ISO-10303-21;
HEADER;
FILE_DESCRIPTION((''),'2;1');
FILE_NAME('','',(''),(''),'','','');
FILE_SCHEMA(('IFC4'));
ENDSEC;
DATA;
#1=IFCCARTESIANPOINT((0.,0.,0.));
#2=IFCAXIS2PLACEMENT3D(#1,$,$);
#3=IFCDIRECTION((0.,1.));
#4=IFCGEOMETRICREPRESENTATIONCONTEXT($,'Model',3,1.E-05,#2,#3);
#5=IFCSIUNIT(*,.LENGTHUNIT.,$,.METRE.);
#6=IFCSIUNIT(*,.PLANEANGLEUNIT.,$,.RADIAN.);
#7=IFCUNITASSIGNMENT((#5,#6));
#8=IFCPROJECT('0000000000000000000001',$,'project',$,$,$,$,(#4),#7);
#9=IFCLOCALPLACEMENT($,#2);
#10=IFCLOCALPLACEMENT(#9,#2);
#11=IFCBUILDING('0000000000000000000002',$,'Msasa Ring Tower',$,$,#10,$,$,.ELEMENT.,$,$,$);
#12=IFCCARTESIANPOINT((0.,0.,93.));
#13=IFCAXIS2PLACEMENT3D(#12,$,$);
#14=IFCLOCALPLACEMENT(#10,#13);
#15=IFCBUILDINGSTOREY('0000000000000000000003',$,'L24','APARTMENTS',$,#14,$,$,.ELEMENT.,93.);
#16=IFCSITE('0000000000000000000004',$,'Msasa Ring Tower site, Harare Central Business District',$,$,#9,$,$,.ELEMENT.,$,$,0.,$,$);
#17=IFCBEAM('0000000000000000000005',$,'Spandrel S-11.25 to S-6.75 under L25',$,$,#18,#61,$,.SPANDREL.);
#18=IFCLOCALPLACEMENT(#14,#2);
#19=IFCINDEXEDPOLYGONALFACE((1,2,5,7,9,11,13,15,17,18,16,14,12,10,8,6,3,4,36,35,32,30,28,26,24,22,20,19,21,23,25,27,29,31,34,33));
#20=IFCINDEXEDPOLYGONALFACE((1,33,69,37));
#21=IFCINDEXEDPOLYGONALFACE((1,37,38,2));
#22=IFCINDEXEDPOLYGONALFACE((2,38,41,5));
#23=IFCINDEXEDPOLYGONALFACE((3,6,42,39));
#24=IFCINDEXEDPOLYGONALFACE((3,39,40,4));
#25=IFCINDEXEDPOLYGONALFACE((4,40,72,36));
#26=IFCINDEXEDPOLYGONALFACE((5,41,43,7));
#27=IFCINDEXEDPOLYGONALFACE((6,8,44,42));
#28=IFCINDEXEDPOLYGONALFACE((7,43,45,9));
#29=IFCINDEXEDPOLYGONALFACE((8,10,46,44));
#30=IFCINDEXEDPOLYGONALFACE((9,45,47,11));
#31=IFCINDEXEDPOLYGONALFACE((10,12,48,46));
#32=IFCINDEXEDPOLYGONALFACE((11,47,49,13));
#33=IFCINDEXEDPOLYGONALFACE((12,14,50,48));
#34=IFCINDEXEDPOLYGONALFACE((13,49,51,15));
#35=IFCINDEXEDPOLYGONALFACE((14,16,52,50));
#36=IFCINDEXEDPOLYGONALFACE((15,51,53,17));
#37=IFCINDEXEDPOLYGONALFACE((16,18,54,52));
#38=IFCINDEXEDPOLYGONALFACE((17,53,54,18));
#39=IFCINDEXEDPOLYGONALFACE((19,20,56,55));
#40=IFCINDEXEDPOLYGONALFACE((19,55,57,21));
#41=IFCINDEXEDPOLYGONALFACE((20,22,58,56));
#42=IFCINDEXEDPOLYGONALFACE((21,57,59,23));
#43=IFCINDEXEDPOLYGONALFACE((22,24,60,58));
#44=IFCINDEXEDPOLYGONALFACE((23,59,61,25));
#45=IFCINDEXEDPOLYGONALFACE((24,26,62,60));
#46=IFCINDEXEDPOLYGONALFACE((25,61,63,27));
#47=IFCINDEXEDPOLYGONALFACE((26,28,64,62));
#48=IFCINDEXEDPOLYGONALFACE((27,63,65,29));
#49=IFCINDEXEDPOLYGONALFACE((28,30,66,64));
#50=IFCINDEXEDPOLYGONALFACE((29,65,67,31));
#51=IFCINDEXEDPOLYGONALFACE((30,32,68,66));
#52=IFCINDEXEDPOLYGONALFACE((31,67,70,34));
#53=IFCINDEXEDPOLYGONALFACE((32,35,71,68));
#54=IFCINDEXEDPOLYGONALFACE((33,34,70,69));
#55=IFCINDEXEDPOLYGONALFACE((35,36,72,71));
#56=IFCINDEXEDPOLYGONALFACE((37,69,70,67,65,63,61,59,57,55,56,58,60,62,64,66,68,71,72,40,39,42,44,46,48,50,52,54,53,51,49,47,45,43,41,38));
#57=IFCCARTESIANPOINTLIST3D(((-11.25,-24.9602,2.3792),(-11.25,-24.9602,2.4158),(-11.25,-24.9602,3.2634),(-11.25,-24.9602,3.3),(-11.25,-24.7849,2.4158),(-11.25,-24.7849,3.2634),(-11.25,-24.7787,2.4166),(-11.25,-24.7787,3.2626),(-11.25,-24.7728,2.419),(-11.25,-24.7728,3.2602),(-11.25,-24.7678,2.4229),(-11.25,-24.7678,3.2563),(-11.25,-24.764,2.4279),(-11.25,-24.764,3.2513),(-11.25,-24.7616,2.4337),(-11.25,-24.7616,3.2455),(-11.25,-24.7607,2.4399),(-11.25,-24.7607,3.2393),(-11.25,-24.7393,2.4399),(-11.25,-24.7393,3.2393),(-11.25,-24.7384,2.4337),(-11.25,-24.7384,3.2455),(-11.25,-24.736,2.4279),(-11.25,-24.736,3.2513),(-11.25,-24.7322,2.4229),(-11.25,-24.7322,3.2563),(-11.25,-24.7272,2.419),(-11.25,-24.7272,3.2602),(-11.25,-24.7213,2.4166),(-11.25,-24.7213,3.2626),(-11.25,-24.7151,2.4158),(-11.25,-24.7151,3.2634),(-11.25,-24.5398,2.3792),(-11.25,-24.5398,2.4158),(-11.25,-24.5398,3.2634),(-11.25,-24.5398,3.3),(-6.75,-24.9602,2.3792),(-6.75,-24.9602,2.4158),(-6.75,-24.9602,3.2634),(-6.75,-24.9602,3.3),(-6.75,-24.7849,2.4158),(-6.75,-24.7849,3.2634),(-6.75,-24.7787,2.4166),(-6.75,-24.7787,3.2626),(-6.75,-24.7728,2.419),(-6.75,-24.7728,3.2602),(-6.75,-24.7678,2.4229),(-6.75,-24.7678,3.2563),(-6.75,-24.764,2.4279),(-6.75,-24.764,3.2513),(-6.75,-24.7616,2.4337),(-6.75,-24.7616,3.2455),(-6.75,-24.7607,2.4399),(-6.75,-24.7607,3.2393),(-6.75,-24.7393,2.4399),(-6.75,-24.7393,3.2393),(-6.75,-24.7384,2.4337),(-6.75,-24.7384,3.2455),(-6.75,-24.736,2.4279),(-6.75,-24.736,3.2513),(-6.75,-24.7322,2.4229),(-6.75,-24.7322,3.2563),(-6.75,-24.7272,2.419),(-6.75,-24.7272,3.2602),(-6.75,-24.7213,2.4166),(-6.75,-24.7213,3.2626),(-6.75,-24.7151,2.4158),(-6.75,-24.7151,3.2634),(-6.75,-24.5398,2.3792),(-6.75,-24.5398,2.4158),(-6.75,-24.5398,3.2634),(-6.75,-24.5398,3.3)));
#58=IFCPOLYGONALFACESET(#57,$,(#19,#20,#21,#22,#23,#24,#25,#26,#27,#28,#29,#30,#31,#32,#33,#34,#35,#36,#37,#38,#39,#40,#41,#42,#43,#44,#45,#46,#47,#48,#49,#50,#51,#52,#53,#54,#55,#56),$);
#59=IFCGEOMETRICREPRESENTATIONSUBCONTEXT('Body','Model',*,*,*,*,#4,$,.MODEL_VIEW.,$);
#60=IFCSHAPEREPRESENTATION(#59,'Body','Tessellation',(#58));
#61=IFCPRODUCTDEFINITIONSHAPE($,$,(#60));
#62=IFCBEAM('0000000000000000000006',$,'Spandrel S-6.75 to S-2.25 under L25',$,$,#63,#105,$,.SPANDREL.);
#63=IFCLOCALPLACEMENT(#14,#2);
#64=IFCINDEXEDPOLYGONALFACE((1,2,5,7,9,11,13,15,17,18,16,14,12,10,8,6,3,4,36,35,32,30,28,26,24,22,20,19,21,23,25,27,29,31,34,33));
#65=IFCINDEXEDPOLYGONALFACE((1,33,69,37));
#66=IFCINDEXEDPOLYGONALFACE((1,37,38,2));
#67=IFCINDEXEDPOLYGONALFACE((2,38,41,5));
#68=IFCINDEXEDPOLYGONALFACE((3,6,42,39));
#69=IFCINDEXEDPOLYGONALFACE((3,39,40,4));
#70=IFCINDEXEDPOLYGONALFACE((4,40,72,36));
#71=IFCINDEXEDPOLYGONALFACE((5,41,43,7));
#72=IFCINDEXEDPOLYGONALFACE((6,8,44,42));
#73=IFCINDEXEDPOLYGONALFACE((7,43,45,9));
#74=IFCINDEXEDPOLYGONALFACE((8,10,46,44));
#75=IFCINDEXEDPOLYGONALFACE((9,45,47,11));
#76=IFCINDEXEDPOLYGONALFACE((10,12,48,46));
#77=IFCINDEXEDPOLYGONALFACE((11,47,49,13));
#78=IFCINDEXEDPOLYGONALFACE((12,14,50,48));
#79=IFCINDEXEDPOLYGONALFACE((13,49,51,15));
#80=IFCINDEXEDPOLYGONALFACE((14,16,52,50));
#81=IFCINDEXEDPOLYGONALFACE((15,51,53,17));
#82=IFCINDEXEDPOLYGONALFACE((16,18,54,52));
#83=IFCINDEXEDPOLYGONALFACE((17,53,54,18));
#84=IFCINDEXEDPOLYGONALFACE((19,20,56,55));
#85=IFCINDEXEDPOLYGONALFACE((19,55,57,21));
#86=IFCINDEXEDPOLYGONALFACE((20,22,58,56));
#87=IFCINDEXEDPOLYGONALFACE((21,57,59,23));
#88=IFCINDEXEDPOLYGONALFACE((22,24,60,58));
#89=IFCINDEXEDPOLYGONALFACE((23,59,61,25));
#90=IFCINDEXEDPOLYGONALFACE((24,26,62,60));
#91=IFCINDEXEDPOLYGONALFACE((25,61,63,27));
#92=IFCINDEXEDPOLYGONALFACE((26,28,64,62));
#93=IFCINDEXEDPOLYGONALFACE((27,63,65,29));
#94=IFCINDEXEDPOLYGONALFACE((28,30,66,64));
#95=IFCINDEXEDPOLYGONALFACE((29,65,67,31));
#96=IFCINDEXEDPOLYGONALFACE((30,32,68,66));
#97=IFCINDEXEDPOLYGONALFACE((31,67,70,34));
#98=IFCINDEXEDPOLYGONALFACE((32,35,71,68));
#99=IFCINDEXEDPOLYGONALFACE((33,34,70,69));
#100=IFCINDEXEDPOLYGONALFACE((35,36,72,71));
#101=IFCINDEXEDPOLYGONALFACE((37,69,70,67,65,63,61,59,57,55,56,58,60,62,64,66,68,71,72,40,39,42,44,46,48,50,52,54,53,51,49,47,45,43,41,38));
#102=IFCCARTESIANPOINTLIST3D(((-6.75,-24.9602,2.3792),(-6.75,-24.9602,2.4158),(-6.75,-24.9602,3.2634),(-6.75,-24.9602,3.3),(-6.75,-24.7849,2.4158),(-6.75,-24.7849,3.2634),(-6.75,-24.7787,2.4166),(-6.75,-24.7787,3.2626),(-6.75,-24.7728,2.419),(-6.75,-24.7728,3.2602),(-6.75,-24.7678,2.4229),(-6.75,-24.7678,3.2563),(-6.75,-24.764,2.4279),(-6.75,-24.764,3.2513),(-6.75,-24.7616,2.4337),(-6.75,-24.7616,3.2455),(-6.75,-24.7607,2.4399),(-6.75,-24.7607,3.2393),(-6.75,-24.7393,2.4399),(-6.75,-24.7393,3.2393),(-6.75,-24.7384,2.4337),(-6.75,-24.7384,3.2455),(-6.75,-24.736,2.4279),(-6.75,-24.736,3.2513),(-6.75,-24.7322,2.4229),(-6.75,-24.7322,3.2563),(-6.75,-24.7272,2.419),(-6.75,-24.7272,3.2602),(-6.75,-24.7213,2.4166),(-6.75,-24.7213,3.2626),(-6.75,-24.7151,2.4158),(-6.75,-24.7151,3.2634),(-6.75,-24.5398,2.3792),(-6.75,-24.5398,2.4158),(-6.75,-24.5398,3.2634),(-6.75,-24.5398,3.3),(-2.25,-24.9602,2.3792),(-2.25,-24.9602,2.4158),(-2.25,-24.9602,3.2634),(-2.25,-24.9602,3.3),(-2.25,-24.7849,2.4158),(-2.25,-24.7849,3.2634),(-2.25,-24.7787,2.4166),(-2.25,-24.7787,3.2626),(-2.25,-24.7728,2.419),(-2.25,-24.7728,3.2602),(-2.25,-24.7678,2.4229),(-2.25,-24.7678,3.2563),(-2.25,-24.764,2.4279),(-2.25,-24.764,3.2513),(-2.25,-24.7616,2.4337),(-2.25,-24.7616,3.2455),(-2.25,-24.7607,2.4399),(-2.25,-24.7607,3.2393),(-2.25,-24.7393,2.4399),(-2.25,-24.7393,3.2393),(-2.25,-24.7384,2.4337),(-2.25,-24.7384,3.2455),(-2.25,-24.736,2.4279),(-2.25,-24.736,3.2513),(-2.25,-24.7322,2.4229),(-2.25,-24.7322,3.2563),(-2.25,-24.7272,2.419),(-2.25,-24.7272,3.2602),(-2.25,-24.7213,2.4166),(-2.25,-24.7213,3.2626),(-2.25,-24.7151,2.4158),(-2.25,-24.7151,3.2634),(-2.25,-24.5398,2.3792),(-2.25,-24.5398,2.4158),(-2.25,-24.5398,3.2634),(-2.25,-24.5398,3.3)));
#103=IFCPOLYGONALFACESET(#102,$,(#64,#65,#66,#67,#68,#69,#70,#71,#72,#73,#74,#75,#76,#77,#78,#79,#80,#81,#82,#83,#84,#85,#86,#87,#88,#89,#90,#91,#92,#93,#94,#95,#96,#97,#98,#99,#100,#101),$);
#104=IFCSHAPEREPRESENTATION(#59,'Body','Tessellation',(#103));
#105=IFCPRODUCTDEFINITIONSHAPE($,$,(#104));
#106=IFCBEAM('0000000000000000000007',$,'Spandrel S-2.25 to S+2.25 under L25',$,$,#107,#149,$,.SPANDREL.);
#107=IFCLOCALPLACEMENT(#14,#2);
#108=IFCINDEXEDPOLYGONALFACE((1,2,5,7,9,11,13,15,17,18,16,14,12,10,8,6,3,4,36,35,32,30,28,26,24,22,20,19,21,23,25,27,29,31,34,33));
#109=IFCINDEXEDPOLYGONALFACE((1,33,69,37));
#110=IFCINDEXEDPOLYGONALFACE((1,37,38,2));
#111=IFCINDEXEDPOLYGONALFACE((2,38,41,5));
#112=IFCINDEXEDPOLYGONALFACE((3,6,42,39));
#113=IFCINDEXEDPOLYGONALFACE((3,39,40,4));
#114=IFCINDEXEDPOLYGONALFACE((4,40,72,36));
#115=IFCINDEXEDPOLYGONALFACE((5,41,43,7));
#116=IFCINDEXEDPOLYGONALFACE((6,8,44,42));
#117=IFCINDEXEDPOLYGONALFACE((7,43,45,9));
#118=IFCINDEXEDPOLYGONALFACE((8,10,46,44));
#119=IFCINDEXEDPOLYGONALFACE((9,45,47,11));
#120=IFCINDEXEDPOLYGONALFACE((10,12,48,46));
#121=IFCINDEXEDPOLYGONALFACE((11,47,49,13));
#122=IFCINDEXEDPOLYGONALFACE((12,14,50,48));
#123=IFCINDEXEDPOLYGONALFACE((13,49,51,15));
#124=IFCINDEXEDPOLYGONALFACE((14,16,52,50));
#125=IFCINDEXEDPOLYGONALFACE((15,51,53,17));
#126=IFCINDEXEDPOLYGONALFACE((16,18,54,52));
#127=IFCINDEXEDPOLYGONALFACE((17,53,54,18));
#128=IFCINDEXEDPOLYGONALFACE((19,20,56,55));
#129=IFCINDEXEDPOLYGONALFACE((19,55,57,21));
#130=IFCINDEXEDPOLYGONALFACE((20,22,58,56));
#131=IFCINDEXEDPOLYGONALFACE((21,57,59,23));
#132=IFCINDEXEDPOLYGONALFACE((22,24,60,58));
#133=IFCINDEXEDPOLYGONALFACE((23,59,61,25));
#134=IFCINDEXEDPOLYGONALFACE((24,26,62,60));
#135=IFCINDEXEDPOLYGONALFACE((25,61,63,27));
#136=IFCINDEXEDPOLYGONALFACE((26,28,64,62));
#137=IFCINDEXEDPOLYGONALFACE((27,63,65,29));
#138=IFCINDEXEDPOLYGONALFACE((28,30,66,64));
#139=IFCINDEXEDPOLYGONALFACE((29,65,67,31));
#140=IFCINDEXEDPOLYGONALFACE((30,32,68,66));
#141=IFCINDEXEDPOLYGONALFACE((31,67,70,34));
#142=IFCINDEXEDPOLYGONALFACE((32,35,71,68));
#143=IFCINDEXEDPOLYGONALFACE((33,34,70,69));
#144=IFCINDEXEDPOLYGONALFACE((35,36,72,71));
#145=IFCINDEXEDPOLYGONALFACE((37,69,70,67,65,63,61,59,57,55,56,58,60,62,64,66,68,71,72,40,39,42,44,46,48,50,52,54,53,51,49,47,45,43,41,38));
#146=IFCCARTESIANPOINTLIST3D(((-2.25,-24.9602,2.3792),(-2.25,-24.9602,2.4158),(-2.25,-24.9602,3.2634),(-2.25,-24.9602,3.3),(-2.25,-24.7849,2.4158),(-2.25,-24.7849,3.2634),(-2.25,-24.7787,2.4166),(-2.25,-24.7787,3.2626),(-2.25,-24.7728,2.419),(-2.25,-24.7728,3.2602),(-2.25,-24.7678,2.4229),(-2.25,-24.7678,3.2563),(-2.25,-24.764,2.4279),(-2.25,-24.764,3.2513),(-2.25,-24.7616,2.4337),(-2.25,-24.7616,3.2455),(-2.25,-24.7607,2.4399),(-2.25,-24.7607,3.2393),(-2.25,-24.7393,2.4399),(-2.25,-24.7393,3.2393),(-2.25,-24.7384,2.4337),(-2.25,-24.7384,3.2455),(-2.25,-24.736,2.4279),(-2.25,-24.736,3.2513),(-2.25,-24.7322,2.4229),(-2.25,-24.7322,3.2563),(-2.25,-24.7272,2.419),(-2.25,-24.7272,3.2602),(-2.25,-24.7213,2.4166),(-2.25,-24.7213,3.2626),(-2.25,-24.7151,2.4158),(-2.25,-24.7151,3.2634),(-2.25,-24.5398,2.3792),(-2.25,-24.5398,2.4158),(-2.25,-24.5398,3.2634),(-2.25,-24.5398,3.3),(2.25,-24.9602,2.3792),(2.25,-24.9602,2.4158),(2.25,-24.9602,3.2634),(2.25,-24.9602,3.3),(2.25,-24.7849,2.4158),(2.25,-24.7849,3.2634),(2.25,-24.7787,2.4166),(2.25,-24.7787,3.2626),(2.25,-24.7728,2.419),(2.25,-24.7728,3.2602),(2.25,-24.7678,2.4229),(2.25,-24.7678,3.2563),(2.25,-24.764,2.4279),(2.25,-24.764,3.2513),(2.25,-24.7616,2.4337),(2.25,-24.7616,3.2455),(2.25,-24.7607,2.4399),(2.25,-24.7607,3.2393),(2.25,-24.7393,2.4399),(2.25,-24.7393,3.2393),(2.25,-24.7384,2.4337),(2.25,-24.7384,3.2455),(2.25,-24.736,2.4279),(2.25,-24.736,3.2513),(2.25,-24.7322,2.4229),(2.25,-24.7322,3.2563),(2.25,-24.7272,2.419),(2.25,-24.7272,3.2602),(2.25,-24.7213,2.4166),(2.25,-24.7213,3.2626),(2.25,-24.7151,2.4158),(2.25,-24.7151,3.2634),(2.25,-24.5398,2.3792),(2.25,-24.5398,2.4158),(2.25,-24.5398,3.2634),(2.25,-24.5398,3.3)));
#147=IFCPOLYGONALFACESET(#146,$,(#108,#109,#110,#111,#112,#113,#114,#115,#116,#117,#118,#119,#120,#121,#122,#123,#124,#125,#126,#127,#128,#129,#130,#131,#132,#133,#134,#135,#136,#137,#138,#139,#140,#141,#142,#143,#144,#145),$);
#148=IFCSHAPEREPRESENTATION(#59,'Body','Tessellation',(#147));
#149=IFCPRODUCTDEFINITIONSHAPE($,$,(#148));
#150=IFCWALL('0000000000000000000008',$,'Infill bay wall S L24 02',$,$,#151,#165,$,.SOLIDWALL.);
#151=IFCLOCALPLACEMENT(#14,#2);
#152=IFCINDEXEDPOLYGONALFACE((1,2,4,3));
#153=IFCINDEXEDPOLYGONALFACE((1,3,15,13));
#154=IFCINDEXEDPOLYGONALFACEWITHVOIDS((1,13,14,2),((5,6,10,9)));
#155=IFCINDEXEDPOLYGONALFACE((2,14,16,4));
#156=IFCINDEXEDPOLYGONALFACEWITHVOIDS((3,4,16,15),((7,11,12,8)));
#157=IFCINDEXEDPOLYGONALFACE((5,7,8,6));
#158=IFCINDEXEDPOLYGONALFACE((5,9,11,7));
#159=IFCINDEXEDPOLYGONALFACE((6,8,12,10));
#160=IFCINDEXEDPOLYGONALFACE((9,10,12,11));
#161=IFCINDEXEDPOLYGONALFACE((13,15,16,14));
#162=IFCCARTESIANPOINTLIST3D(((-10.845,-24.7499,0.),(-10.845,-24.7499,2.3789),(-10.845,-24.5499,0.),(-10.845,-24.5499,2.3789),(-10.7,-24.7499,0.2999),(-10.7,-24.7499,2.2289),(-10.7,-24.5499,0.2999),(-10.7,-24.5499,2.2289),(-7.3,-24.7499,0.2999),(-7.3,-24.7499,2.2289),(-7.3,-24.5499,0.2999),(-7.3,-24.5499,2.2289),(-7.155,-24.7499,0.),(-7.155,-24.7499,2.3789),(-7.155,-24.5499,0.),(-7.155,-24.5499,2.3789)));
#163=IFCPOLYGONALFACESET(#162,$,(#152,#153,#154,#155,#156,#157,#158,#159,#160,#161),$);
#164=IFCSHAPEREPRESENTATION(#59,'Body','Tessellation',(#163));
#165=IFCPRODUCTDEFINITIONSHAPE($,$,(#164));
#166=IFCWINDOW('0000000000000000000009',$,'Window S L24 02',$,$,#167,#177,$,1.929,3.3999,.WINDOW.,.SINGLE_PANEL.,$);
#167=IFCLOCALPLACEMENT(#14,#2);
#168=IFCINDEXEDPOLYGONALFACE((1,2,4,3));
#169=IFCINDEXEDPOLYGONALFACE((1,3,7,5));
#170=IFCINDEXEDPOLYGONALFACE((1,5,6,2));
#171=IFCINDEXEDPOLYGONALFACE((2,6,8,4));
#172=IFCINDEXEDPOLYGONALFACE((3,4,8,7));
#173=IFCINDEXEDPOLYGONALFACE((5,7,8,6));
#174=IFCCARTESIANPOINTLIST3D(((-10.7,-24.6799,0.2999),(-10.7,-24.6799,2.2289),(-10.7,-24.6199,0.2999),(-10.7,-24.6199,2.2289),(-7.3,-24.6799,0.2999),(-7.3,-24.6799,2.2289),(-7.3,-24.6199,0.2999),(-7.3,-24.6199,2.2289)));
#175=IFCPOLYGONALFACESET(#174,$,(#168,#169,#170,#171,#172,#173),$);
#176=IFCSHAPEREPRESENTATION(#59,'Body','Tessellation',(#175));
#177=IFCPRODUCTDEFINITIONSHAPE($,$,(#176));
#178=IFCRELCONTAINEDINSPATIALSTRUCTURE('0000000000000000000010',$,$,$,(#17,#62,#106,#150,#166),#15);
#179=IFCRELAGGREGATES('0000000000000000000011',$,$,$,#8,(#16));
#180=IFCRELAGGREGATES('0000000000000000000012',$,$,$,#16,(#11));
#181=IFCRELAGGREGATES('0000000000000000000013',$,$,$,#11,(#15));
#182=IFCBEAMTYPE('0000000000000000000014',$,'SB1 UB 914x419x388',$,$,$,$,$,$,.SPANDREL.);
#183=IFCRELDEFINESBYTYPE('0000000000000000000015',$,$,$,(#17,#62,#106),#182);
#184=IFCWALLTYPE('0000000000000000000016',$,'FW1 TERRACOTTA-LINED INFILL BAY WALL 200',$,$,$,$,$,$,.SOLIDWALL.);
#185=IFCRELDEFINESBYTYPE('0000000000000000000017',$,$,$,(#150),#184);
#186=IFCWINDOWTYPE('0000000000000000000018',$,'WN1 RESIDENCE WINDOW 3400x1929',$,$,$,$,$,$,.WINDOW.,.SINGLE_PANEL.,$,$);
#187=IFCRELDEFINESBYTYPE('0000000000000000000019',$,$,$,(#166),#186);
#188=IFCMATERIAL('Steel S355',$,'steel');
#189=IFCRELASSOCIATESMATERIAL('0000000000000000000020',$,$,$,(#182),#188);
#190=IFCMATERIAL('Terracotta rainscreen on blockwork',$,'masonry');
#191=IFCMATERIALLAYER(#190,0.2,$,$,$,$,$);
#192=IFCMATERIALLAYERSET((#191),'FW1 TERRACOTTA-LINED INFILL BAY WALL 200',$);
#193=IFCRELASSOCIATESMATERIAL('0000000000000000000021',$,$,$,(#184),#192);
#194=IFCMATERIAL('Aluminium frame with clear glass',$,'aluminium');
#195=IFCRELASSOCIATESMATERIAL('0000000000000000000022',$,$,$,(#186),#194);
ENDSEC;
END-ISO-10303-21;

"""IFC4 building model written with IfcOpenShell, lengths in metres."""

from ifc_helpers import new_model, si_unit, direction, frame, frame_2d, origin, origin_2d, place, context, subcontext, project, spatial, rectangle, i_section, extrude, material, layer, layer_set, material_profile, profile_set, type_object, element, fill, save


model = new_model("IFC4")

# Units and contexts
model_context = context("Model", 3, precision=1e-05, world=origin(), true_north=direction((0.0, 1.0)))
body_context = subcontext(model_context, "Body", "Model", "MODEL_VIEW")
ifc_project = project(units=[si_unit("LENGTHUNIT", "METRE"), si_unit("PLANEANGLEUNIT", "RADIAN")], contexts=[model_context])

# Site, building, storey
site_placement = place(None, origin())
site = spatial("IfcSite", under=ifc_project, at=site_placement, Name="Msasa Ring Tower site, Harare Central Business District", CompositionType="ELEMENT", RefElevation=0.0)
building_placement = place(site_placement, origin())
building = spatial("IfcBuilding", under=site, at=building_placement, Name="Msasa Ring Tower", CompositionType="ELEMENT")
storey_placement = place(building_placement, frame((0.0, 0.0, 93.0)))
storey = spatial("IfcBuildingStorey", under=building, at=storey_placement, Name="L24", Description="APARTMENTS", CompositionType="ELEMENT", Elevation=93.0)

# Beams
ifc_material_1 = material(Name="Steel S355", Category="steel")
ifc_material_profile_1 = material_profile(ifc_material_1, i_section(OverallWidth=0.4204, OverallDepth=0.9209, WebThickness=0.0215, FlangeThickness=0.0366, FilletRadius=0.0242, at=origin_2d()), Name="UB 914x419x388")
ifc_profile_set_1 = profile_set([ifc_material_profile_1], Name="Steel S355")
beam_type_1 = type_object("IfcBeamType", Name="SB1 UB 914x419x388", PredefinedType="SPANDREL", material=ifc_profile_set_1)
for number, where, z_axis, x_axis, name in (
    (1, (-11.25, -24.75, 2.8396), (1.0, 0.0, 0.0), (0.0, 1.0, 0.0), "Spandrel S-11.25 to S-6.75 under L25"),
    (2, (-6.75, -24.75, 2.8396), (1.0, 0.0, 0.0), (0.0, 1.0, 0.0), "Spandrel S-6.75 to S-2.25 under L25"),
    (3, (-2.25, -24.75, 2.8396), (1.0, 0.0, 0.0), (0.0, 1.0, 0.0), "Spandrel S-2.25 to S+2.25 under L25"),
):
    element("IfcBeam", number, at=place(storey_placement, frame(where, z_axis=z_axis, x_axis=x_axis)), inside=storey, type_object=beam_type_1, Name=name, PredefinedType="SPANDREL", context=body_context, shape_type="SweptSolid", body=[
        extrude(i_section(OverallWidth=0.4204, OverallDepth=0.9209, WebThickness=0.0215, FlangeThickness=0.0366, FilletRadius=0.0242, at=origin_2d()), origin(), (0.0, 0.0, 1.0), 4.5),
    ])

# Wall, opening, window
ifc_material_2 = material(Name="Terracotta rainscreen on blockwork", Category="masonry")
ifc_layer_1 = layer(ifc_material_2, 0.2)
ifc_layer_set_1 = layer_set([ifc_layer_1], Name="FW1 TERRACOTTA-LINED INFILL BAY WALL 200")
wall_type_1 = type_object("IfcWallType", Name="FW1 TERRACOTTA-LINED INFILL BAY WALL 200", PredefinedType="SOLIDWALL", material=ifc_layer_set_1)
wall_1_placement = place(storey_placement, frame((-10.845, -24.6499, 0.0), z_axis=(0.0, 0.0, 1.0), x_axis=(1.0, 0.0, 0.0)))
wall_1 = element("IfcWall", 4, at=wall_1_placement, inside=storey, type_object=wall_type_1, Name="Infill bay wall S L24 02", PredefinedType="SOLIDWALL", context=body_context, shape_type="SweptSolid", body=[
    extrude(rectangle(XDim=3.6899, YDim=0.2, at=frame_2d((1.845, 0.0))), origin(), (0.0, 0.0, 1.0), 2.3789),
])
opening_1_placement = place(wall_1_placement, frame((0.145, 0.0, 0.3)))
opening_1 = element("IfcOpeningElement", 5, at=opening_1_placement, cuts=wall_1, PredefinedType="OPENING", context=body_context, shape_type="SweptSolid", body=[
    extrude(rectangle(XDim=3.3999, YDim=1.929, at=frame_2d((1.7, 0.9644))), frame((0.0, 0.1099, 0.0), z_axis=(0.0, -1.0, 0.0), x_axis=(1.0, 0.0, 0.0)), (0.0, 0.0, 1.0), 0.22),
])
ifc_material_3 = material(Name="Aluminium frame with clear glass", Category="aluminium")
window_type = type_object("IfcWindowType", Name="WN1 RESIDENCE WINDOW 3400x1929", PartitioningType="SINGLE_PANEL", PredefinedType="WINDOW", material=ifc_material_3)
window_1_placement = place(opening_1_placement, origin())
window_1 = element("IfcWindow", 6, at=window_1_placement, inside=storey, type_object=window_type, Name="Window S L24 02", OverallHeight=1.929, OverallWidth=3.3999, PartitioningType="SINGLE_PANEL", PredefinedType="WINDOW", context=body_context, shape_type="SweptSolid", body=[
    extrude(rectangle(XDim=3.3999, YDim=1.929, at=frame_2d((1.7, 0.9644))), frame((0.0, 0.03, 0.0), z_axis=(0.0, -1.0, 0.0), x_axis=(1.0, 0.0, 0.0)), (0.0, 0.0, 1.0), 0.0601),
])
fill(opening_1, window_1)

save(model, "model.ifc")
